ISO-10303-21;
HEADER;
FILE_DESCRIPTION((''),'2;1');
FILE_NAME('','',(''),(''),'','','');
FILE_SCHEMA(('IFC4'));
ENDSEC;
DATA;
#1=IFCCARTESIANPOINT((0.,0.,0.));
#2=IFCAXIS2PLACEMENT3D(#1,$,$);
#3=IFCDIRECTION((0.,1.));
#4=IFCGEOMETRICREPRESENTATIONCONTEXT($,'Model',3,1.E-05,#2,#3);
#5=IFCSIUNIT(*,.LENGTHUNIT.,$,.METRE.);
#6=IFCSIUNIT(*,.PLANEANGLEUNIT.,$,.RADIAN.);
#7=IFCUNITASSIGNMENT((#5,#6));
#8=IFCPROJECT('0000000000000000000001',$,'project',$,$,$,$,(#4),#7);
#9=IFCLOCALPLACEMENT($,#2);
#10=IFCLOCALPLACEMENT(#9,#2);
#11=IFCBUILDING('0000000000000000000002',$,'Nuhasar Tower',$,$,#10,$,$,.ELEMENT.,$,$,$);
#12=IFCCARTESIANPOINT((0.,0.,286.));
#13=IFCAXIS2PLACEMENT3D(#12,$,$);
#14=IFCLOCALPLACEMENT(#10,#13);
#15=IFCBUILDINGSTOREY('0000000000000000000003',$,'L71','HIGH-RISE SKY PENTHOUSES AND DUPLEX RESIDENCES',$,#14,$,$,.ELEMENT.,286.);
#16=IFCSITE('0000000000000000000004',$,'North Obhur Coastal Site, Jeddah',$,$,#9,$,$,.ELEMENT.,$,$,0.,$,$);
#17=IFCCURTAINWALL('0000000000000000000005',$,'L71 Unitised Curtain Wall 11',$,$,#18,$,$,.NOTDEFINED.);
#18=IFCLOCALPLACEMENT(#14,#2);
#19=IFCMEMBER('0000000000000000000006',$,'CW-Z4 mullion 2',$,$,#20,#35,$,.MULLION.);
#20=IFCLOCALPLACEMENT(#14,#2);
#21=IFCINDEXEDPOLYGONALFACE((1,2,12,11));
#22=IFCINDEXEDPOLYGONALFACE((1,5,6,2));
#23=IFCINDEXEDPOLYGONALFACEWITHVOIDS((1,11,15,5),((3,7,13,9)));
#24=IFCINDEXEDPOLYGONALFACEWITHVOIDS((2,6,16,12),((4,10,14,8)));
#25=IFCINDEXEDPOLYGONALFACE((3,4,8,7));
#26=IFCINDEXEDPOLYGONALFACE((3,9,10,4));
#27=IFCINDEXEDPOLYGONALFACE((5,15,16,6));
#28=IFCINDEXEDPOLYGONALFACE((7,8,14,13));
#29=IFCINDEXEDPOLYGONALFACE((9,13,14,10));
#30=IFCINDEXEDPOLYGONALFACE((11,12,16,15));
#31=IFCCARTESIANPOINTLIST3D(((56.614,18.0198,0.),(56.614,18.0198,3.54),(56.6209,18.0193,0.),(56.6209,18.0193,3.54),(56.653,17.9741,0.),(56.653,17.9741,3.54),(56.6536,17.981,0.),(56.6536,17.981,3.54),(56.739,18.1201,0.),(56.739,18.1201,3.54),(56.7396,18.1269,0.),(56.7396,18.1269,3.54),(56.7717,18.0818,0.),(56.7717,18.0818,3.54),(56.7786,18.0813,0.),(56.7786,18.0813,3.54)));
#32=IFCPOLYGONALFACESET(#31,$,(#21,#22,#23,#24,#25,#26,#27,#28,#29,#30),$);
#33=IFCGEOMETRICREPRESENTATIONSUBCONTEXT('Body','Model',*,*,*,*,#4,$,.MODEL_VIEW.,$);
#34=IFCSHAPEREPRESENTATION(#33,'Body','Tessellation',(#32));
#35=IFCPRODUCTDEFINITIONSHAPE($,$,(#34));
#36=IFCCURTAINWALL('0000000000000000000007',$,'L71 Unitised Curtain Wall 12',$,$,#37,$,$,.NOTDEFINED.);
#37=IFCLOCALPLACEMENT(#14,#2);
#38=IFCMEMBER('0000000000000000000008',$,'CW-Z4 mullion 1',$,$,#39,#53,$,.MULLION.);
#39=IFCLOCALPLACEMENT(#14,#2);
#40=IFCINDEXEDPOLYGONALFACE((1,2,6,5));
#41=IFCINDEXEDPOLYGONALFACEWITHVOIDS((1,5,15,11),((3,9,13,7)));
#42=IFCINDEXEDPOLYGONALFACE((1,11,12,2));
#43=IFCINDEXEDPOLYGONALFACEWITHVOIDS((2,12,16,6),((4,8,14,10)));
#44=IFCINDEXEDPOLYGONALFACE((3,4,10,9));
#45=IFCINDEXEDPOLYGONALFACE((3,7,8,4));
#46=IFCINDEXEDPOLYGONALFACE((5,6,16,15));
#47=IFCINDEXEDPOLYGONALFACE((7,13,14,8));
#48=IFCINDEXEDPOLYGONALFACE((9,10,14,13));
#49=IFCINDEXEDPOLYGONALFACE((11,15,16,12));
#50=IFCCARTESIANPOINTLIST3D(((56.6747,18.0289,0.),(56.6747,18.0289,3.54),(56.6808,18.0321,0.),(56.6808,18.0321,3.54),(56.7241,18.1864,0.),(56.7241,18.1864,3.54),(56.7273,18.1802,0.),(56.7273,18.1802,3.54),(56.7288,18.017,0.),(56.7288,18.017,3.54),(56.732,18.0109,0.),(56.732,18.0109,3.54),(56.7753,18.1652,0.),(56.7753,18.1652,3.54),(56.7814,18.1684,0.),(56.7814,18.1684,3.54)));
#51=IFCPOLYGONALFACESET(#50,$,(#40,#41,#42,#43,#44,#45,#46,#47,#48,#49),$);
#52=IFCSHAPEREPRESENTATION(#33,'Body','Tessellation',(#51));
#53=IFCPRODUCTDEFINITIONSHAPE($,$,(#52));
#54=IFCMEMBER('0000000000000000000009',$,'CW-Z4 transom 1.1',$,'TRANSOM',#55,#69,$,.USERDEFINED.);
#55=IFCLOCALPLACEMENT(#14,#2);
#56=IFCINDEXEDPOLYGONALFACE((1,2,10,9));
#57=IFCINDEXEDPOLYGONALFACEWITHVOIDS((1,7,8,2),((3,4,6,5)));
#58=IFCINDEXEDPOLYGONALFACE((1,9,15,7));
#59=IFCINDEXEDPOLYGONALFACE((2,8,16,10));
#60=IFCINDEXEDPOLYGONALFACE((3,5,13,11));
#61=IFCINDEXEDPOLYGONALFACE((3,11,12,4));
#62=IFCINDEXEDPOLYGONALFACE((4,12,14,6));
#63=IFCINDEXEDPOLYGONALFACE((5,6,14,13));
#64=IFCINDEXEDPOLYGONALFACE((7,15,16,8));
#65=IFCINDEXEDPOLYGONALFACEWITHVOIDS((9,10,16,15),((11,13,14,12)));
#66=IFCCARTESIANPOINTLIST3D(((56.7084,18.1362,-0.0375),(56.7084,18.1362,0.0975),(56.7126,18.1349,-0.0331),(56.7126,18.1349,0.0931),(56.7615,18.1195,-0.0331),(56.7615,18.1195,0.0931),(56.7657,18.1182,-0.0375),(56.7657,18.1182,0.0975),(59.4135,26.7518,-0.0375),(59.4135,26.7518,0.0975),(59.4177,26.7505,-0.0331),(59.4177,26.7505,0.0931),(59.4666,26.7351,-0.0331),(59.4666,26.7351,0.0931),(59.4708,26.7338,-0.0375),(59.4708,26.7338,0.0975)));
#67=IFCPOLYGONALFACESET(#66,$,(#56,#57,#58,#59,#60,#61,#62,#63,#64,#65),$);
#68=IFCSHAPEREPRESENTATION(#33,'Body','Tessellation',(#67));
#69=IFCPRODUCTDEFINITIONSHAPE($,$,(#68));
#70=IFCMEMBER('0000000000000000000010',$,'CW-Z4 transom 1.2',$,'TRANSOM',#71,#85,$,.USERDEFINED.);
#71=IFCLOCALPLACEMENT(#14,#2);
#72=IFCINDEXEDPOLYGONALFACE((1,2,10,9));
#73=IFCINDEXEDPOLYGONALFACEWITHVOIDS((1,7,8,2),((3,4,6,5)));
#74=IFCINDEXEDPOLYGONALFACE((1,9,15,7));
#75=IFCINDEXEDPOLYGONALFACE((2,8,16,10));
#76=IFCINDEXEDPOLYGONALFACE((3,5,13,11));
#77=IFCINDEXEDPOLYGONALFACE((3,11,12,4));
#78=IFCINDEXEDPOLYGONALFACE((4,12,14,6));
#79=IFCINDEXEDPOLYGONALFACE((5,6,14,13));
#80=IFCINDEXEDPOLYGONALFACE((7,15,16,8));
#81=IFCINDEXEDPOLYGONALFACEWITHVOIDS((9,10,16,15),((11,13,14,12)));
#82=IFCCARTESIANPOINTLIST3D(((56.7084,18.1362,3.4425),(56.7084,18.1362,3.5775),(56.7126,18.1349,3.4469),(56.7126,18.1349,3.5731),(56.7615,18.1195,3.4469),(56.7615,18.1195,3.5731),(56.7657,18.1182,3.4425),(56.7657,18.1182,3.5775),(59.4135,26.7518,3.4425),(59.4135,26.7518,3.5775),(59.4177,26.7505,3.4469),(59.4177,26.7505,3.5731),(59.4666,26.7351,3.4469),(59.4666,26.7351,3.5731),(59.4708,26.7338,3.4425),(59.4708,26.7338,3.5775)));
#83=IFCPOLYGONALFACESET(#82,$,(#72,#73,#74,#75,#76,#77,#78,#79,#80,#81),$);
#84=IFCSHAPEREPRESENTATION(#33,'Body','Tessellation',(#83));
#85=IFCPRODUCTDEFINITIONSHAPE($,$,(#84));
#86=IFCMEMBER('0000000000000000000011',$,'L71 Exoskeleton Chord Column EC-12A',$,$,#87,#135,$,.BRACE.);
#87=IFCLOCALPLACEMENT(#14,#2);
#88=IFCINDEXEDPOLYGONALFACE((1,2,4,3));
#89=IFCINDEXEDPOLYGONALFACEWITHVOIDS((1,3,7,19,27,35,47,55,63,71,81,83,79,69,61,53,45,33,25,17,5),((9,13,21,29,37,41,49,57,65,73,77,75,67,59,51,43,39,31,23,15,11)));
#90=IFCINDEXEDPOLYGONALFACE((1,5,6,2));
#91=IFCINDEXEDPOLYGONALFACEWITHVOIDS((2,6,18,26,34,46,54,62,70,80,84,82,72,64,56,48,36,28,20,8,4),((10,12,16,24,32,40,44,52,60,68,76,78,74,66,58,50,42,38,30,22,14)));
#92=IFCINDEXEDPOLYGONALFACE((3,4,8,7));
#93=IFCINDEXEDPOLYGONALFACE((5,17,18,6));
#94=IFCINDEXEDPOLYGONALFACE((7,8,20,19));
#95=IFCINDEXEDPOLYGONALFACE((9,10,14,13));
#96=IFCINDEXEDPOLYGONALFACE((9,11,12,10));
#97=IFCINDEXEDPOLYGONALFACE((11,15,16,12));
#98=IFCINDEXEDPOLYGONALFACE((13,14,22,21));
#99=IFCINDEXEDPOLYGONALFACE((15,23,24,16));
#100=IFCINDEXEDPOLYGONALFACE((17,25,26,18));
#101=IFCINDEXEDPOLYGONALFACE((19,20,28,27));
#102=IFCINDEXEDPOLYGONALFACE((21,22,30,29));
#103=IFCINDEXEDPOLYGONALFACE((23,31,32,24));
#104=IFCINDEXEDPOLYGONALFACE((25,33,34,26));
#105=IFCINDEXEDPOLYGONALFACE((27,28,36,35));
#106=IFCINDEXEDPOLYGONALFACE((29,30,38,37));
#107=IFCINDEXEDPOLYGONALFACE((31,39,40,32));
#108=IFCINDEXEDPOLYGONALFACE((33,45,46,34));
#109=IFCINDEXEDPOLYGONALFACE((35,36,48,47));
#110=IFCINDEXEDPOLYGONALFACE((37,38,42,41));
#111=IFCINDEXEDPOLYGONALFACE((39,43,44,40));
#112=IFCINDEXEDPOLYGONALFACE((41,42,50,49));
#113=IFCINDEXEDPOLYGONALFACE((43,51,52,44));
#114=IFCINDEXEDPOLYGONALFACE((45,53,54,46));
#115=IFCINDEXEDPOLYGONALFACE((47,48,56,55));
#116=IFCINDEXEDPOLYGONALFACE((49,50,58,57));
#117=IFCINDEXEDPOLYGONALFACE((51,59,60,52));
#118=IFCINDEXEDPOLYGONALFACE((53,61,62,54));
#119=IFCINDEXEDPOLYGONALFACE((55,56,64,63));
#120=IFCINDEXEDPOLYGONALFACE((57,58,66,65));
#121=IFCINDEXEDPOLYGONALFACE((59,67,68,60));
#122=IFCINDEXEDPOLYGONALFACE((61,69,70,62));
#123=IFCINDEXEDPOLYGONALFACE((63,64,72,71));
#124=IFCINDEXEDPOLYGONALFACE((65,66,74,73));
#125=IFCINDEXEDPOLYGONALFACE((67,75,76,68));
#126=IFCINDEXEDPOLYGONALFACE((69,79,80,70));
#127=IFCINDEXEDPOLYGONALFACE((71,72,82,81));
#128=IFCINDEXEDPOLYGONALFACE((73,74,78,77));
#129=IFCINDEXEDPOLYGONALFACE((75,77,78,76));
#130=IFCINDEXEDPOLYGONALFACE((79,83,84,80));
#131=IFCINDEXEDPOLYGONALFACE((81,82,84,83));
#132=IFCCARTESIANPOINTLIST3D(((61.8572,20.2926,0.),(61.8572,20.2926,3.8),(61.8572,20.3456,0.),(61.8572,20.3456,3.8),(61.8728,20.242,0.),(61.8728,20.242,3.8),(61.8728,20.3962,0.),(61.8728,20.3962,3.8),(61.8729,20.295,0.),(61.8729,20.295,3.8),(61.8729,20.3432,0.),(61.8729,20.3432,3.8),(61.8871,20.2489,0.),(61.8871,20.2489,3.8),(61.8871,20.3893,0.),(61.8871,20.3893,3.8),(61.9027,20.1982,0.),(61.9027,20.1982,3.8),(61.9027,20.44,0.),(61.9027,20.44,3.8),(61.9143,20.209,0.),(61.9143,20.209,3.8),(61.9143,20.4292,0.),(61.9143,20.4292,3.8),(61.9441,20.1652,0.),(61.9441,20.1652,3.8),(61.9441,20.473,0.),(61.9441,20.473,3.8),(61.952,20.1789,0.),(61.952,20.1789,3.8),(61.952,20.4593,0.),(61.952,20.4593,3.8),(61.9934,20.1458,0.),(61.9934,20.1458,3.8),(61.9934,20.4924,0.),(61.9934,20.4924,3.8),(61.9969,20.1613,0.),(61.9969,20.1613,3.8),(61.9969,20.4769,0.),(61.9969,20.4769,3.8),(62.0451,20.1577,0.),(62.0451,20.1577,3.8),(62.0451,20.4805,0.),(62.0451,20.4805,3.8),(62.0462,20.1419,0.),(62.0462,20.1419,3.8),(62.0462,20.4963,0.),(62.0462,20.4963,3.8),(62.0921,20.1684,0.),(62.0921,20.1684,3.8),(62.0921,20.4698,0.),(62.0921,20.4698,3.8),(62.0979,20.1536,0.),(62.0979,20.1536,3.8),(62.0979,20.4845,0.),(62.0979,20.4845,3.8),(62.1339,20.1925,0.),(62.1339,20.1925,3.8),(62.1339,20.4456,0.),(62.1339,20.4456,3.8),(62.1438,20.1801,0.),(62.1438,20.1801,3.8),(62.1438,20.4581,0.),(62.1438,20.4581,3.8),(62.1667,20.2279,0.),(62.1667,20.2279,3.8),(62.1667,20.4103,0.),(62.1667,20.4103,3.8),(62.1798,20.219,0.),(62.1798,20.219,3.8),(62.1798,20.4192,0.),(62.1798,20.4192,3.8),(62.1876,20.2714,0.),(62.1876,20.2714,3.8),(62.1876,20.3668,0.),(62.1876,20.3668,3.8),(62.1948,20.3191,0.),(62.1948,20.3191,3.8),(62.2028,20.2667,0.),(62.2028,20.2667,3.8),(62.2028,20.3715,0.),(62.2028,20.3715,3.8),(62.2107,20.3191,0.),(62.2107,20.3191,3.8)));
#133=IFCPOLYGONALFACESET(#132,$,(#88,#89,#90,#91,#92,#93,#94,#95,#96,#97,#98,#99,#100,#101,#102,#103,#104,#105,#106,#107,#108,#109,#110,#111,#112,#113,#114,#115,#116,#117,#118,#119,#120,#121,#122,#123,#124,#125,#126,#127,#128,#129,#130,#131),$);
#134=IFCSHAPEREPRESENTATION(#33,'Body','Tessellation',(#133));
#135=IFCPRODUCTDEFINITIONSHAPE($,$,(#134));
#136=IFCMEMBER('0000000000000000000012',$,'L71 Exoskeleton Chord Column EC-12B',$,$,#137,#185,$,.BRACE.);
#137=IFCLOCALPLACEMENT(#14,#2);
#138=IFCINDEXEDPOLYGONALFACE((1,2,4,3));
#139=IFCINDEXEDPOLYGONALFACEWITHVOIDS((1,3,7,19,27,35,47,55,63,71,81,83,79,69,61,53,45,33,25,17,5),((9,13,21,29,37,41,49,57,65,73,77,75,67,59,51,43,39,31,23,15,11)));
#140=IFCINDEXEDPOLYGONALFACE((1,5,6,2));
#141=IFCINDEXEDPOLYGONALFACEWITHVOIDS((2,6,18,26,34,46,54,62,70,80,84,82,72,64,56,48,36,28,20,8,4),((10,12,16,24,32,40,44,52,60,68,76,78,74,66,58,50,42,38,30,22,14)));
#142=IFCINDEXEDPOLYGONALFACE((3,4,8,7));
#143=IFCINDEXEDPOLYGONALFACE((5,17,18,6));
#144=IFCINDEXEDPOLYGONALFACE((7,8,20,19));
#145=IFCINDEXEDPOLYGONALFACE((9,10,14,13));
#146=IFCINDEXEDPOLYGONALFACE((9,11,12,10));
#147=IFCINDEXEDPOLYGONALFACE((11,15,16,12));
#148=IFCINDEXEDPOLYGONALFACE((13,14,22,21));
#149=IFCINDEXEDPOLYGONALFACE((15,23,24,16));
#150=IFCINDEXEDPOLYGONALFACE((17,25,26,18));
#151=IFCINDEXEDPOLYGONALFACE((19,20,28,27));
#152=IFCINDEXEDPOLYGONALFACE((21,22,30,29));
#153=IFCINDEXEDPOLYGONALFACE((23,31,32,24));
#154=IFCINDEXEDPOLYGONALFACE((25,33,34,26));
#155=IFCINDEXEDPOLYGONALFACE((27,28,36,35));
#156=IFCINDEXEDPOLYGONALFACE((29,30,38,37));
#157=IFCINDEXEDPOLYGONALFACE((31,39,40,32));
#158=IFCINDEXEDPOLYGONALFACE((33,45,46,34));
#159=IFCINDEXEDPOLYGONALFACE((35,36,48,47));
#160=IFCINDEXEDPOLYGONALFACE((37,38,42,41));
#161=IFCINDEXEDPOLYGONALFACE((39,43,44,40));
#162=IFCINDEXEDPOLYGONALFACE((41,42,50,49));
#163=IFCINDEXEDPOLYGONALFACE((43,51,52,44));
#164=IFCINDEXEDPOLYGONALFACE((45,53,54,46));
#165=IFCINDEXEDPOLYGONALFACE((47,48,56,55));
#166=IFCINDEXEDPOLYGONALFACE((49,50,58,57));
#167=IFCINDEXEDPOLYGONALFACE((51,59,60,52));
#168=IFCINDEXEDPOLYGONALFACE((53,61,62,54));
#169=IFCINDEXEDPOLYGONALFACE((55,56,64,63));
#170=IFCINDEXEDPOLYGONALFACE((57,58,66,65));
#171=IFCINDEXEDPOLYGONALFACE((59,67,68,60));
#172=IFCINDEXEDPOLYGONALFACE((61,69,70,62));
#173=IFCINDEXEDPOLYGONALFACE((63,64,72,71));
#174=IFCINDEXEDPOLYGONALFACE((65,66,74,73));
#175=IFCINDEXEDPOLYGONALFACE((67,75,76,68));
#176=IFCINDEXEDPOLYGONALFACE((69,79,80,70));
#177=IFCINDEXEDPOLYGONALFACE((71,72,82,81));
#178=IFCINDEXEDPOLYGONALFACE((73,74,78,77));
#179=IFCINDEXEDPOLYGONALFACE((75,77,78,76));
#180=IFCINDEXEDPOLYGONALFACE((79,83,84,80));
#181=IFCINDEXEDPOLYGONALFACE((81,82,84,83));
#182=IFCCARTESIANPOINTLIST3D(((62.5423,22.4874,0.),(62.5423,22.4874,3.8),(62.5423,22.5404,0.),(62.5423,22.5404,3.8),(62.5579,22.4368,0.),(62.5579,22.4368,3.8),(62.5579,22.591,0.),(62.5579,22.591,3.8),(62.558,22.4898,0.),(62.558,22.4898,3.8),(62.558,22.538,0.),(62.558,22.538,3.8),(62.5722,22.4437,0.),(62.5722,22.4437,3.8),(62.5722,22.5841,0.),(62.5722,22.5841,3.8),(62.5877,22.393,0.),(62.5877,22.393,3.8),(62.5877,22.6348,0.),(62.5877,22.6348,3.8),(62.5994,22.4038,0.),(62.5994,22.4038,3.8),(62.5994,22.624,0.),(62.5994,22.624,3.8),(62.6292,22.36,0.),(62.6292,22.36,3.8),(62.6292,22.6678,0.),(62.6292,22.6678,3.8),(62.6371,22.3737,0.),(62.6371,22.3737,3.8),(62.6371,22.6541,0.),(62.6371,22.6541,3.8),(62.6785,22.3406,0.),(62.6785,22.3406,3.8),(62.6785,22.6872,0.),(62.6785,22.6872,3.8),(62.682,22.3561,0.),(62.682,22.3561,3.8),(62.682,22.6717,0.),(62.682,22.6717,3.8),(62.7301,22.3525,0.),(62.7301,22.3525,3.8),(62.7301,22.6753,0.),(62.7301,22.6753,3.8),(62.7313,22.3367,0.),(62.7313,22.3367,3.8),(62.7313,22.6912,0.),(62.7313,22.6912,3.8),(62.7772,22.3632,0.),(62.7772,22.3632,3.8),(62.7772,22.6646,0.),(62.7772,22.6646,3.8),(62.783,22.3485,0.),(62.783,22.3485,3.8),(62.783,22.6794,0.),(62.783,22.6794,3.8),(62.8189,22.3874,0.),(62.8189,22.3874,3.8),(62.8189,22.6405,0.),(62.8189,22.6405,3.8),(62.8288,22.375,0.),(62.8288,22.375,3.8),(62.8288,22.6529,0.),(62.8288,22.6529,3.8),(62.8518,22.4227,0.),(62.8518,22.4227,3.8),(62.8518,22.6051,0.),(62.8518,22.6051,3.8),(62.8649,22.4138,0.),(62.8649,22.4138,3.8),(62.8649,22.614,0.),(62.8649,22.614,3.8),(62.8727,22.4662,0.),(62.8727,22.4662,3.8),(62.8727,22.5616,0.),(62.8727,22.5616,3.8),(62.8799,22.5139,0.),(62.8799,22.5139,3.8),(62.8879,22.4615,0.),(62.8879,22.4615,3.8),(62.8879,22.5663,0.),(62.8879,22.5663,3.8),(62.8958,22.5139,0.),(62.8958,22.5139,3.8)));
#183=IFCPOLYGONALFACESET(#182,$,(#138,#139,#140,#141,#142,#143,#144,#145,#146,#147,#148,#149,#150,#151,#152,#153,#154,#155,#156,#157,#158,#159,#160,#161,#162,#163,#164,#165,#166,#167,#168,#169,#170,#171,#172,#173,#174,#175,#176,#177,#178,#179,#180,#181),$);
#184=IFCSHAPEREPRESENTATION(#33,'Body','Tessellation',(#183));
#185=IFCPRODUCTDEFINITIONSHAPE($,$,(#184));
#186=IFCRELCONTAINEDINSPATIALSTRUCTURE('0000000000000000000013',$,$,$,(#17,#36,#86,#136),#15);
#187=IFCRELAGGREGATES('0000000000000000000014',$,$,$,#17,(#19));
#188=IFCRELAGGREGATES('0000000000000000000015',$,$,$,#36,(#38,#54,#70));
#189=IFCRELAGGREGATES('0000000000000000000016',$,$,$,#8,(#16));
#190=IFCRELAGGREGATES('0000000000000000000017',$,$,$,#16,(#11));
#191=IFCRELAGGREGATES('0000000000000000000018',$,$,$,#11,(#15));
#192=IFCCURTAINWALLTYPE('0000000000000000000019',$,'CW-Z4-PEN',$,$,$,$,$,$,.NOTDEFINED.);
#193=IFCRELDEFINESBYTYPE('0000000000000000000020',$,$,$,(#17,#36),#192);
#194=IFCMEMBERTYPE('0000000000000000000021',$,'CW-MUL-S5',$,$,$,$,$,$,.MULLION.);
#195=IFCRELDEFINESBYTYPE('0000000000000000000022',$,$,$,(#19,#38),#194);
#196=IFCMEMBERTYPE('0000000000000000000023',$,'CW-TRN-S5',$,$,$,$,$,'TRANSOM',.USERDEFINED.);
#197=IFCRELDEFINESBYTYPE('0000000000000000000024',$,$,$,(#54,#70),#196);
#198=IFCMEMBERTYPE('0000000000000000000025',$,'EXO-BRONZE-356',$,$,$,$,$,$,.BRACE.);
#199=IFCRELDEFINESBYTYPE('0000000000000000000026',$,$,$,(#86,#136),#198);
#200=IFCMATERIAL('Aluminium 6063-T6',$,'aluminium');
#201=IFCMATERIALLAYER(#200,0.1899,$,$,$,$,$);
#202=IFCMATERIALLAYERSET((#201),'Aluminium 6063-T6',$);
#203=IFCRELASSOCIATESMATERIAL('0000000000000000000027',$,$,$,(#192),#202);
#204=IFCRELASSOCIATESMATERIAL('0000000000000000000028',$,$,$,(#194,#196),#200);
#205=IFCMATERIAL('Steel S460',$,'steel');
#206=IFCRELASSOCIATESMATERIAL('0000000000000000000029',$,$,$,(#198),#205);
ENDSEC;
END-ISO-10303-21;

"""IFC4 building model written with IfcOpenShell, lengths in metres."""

from ifc_helpers import new_model, si_unit, direction, frame, origin, origin_2d, place, context, subcontext, project, spatial, hollow_rectangle, hollow_circle, extrude, material, layer, layer_set, material_profile, profile_set, type_object, element, aggregate, save


model = new_model("IFC4")

# Units and contexts
model_context = context("Model", 3, precision=1e-05, world=origin(), true_north=direction((0.0, 1.0)))
body_context = subcontext(model_context, "Body", "Model", "MODEL_VIEW")
ifc_project = project(units=[si_unit("LENGTHUNIT", "METRE"), si_unit("PLANEANGLEUNIT", "RADIAN")], contexts=[model_context])

# Site, building, storey
site_placement = place(None, origin())
site = spatial("IfcSite", under=ifc_project, at=site_placement, Name="North Obhur Coastal Site, Jeddah", CompositionType="ELEMENT", RefElevation=0.0)
building_placement = place(site_placement, origin())
building = spatial("IfcBuilding", under=site, at=building_placement, Name="Nuhasar Tower", CompositionType="ELEMENT")
storey_placement = place(building_placement, frame((0.0, 0.0, 286.0)))
storey = spatial("IfcBuildingStorey", under=building, at=storey_placement, Name="L71", Description="HIGH-RISE SKY PENTHOUSES AND DUPLEX RESIDENCES", CompositionType="ELEMENT", Elevation=286.0)

# Curtain wall, member
ifc_material_1 = material(Name="Aluminium 6063-T6", Category="aluminium")
ifc_layer_1 = layer(ifc_material_1, 0.1899)
ifc_layer_set_1 = layer_set([ifc_layer_1], Name="Aluminium 6063-T6")
curtain_wall_type = type_object("IfcCurtainWallType", Name="CW-Z4-PEN", PredefinedType="NOTDEFINED", material=ifc_layer_set_1)
curtain_wall_1_placement = place(storey_placement, origin())
curtain_wall_1 = element("IfcCurtainWall", 1, at=curtain_wall_1_placement, inside=storey, type_object=curtain_wall_type, Name="L71 Unitised Curtain Wall 11", PredefinedType="NOTDEFINED")
ifc_material_profile_1 = material_profile(ifc_material_1, hollow_rectangle(XDim=0.0601, YDim=0.165, WallThickness=0.0049, at=origin_2d()), Name="CWM-5")
ifc_profile_set_1 = profile_set([ifc_material_profile_1], Name="Aluminium 6063-T6")
member_type_1 = type_object("IfcMemberType", Name="CW-MUL-S5", PredefinedType="MULLION", material=ifc_profile_set_1)
member_1_placement = place(storey_placement, frame((56.6963, 18.0505, 0.0), z_axis=(0.0, 0.0, 1.0), x_axis=(-0.649142, 0.760667, 0.0)))
member_1 = element("IfcMember", 2, at=member_1_placement, type_object=member_type_1, Name="CW-Z4 mullion 2", PredefinedType="MULLION", context=body_context, shape_type="SweptSolid", body=[
    extrude(hollow_rectangle(XDim=0.0601, YDim=0.165, WallThickness=0.0049, at=origin_2d()), origin(), (0.0, 0.0, 1.0), 3.54),
])
aggregate(curtain_wall_1, [member_1])

# Curtain wall, members
curtain_wall_2_placement = place(storey_placement, origin())
curtain_wall_2 = element("IfcCurtainWall", 3, at=curtain_wall_2_placement, inside=storey, type_object=curtain_wall_type, Name="L71 Unitised Curtain Wall 12", PredefinedType="NOTDEFINED")
member_2_placement = place(storey_placement, frame((56.728, 18.0986, 0.0), z_axis=(0.0, 0.0, 1.0), x_axis=(-0.954079, 0.299557, 0.0)))
member_2 = element("IfcMember", 4, at=member_2_placement, type_object=member_type_1, Name="CW-Z4 mullion 1", PredefinedType="MULLION", context=body_context, shape_type="SweptSolid", body=[
    extrude(hollow_rectangle(XDim=0.0601, YDim=0.165, WallThickness=0.0049, at=origin_2d()), origin(), (0.0, 0.0, 1.0), 3.54),
])
ifc_material_profile_2 = material_profile(ifc_material_1, hollow_rectangle(XDim=0.0601, YDim=0.135, WallThickness=0.0044, at=origin_2d()), Name="CWT-5")
ifc_profile_set_2 = profile_set([ifc_material_profile_2], Name="Aluminium 6063-T6")
member_type_2 = type_object("IfcMemberType", Name="CW-TRN-S5", ElementType="TRANSOM", PredefinedType="USERDEFINED", material=ifc_profile_set_2)
member_3_placement = place(storey_placement, frame((56.7371, 18.1272, 0.03), z_axis=(0.29956, 0.954077, 0.0), x_axis=(-0.954077, 0.29956, 0.0)))
member_3 = element("IfcMember", 5, at=member_3_placement, type_object=member_type_2, Name="CW-Z4 transom 1.1", ObjectType="TRANSOM", PredefinedType="USERDEFINED", context=body_context, shape_type="SweptSolid", body=[
    extrude(hollow_rectangle(XDim=0.0601, YDim=0.135, WallThickness=0.0044, at=origin_2d()), origin(), (0.0, 0.0, 1.0), 9.0303),
])
member_4_placement = place(storey_placement, frame((56.7371, 18.1272, 3.51), z_axis=(0.29956, 0.954077, 0.0), x_axis=(-0.954077, 0.29956, 0.0)))
member_4 = element("IfcMember", 6, at=member_4_placement, type_object=member_type_2, Name="CW-Z4 transom 1.2", ObjectType="TRANSOM", PredefinedType="USERDEFINED", context=body_context, shape_type="SweptSolid", body=[
    extrude(hollow_rectangle(XDim=0.0601, YDim=0.135, WallThickness=0.0044, at=origin_2d()), origin(), (0.0, 0.0, 1.0), 9.0303),
])

# Members
ifc_material_2 = material(Name="Steel S460", Category="steel")
ifc_material_profile_3 = material_profile(ifc_material_2, hollow_circle(Radius=0.1777, WallThickness=0.0159, at=origin_2d()), Name="HSS355.6X15.9")
ifc_profile_set_3 = profile_set([ifc_material_profile_3], Name="Steel S460")
member_type_3 = type_object("IfcMemberType", Name="EXO-BRONZE-356", PredefinedType="BRACE", material=ifc_profile_set_3)
for number, where, z_axis, x_axis, name in (
    (7, (62.033, 20.3191, 0.0), (0.0, 0.0, 1.0), (1.0, 0.0, 0.0), "L71 Exoskeleton Chord Column EC-12A"),
    (8, (62.718, 22.5139, 0.0), (0.0, 0.0, 1.0), (1.0, 0.0, 0.0), "L71 Exoskeleton Chord Column EC-12B"),
):
    element("IfcMember", number, at=place(storey_placement, frame(where, z_axis=z_axis, x_axis=x_axis)), inside=storey, type_object=member_type_3, Name=name, PredefinedType="BRACE", context=body_context, shape_type="SweptSolid", body=[
        extrude(hollow_circle(Radius=0.1777, WallThickness=0.0159, at=origin_2d()), origin(), (0.0, 0.0, 1.0), 3.8),
    ])

aggregate(curtain_wall_2, [member_2, member_3, member_4])

save(model, "model.ifc")
